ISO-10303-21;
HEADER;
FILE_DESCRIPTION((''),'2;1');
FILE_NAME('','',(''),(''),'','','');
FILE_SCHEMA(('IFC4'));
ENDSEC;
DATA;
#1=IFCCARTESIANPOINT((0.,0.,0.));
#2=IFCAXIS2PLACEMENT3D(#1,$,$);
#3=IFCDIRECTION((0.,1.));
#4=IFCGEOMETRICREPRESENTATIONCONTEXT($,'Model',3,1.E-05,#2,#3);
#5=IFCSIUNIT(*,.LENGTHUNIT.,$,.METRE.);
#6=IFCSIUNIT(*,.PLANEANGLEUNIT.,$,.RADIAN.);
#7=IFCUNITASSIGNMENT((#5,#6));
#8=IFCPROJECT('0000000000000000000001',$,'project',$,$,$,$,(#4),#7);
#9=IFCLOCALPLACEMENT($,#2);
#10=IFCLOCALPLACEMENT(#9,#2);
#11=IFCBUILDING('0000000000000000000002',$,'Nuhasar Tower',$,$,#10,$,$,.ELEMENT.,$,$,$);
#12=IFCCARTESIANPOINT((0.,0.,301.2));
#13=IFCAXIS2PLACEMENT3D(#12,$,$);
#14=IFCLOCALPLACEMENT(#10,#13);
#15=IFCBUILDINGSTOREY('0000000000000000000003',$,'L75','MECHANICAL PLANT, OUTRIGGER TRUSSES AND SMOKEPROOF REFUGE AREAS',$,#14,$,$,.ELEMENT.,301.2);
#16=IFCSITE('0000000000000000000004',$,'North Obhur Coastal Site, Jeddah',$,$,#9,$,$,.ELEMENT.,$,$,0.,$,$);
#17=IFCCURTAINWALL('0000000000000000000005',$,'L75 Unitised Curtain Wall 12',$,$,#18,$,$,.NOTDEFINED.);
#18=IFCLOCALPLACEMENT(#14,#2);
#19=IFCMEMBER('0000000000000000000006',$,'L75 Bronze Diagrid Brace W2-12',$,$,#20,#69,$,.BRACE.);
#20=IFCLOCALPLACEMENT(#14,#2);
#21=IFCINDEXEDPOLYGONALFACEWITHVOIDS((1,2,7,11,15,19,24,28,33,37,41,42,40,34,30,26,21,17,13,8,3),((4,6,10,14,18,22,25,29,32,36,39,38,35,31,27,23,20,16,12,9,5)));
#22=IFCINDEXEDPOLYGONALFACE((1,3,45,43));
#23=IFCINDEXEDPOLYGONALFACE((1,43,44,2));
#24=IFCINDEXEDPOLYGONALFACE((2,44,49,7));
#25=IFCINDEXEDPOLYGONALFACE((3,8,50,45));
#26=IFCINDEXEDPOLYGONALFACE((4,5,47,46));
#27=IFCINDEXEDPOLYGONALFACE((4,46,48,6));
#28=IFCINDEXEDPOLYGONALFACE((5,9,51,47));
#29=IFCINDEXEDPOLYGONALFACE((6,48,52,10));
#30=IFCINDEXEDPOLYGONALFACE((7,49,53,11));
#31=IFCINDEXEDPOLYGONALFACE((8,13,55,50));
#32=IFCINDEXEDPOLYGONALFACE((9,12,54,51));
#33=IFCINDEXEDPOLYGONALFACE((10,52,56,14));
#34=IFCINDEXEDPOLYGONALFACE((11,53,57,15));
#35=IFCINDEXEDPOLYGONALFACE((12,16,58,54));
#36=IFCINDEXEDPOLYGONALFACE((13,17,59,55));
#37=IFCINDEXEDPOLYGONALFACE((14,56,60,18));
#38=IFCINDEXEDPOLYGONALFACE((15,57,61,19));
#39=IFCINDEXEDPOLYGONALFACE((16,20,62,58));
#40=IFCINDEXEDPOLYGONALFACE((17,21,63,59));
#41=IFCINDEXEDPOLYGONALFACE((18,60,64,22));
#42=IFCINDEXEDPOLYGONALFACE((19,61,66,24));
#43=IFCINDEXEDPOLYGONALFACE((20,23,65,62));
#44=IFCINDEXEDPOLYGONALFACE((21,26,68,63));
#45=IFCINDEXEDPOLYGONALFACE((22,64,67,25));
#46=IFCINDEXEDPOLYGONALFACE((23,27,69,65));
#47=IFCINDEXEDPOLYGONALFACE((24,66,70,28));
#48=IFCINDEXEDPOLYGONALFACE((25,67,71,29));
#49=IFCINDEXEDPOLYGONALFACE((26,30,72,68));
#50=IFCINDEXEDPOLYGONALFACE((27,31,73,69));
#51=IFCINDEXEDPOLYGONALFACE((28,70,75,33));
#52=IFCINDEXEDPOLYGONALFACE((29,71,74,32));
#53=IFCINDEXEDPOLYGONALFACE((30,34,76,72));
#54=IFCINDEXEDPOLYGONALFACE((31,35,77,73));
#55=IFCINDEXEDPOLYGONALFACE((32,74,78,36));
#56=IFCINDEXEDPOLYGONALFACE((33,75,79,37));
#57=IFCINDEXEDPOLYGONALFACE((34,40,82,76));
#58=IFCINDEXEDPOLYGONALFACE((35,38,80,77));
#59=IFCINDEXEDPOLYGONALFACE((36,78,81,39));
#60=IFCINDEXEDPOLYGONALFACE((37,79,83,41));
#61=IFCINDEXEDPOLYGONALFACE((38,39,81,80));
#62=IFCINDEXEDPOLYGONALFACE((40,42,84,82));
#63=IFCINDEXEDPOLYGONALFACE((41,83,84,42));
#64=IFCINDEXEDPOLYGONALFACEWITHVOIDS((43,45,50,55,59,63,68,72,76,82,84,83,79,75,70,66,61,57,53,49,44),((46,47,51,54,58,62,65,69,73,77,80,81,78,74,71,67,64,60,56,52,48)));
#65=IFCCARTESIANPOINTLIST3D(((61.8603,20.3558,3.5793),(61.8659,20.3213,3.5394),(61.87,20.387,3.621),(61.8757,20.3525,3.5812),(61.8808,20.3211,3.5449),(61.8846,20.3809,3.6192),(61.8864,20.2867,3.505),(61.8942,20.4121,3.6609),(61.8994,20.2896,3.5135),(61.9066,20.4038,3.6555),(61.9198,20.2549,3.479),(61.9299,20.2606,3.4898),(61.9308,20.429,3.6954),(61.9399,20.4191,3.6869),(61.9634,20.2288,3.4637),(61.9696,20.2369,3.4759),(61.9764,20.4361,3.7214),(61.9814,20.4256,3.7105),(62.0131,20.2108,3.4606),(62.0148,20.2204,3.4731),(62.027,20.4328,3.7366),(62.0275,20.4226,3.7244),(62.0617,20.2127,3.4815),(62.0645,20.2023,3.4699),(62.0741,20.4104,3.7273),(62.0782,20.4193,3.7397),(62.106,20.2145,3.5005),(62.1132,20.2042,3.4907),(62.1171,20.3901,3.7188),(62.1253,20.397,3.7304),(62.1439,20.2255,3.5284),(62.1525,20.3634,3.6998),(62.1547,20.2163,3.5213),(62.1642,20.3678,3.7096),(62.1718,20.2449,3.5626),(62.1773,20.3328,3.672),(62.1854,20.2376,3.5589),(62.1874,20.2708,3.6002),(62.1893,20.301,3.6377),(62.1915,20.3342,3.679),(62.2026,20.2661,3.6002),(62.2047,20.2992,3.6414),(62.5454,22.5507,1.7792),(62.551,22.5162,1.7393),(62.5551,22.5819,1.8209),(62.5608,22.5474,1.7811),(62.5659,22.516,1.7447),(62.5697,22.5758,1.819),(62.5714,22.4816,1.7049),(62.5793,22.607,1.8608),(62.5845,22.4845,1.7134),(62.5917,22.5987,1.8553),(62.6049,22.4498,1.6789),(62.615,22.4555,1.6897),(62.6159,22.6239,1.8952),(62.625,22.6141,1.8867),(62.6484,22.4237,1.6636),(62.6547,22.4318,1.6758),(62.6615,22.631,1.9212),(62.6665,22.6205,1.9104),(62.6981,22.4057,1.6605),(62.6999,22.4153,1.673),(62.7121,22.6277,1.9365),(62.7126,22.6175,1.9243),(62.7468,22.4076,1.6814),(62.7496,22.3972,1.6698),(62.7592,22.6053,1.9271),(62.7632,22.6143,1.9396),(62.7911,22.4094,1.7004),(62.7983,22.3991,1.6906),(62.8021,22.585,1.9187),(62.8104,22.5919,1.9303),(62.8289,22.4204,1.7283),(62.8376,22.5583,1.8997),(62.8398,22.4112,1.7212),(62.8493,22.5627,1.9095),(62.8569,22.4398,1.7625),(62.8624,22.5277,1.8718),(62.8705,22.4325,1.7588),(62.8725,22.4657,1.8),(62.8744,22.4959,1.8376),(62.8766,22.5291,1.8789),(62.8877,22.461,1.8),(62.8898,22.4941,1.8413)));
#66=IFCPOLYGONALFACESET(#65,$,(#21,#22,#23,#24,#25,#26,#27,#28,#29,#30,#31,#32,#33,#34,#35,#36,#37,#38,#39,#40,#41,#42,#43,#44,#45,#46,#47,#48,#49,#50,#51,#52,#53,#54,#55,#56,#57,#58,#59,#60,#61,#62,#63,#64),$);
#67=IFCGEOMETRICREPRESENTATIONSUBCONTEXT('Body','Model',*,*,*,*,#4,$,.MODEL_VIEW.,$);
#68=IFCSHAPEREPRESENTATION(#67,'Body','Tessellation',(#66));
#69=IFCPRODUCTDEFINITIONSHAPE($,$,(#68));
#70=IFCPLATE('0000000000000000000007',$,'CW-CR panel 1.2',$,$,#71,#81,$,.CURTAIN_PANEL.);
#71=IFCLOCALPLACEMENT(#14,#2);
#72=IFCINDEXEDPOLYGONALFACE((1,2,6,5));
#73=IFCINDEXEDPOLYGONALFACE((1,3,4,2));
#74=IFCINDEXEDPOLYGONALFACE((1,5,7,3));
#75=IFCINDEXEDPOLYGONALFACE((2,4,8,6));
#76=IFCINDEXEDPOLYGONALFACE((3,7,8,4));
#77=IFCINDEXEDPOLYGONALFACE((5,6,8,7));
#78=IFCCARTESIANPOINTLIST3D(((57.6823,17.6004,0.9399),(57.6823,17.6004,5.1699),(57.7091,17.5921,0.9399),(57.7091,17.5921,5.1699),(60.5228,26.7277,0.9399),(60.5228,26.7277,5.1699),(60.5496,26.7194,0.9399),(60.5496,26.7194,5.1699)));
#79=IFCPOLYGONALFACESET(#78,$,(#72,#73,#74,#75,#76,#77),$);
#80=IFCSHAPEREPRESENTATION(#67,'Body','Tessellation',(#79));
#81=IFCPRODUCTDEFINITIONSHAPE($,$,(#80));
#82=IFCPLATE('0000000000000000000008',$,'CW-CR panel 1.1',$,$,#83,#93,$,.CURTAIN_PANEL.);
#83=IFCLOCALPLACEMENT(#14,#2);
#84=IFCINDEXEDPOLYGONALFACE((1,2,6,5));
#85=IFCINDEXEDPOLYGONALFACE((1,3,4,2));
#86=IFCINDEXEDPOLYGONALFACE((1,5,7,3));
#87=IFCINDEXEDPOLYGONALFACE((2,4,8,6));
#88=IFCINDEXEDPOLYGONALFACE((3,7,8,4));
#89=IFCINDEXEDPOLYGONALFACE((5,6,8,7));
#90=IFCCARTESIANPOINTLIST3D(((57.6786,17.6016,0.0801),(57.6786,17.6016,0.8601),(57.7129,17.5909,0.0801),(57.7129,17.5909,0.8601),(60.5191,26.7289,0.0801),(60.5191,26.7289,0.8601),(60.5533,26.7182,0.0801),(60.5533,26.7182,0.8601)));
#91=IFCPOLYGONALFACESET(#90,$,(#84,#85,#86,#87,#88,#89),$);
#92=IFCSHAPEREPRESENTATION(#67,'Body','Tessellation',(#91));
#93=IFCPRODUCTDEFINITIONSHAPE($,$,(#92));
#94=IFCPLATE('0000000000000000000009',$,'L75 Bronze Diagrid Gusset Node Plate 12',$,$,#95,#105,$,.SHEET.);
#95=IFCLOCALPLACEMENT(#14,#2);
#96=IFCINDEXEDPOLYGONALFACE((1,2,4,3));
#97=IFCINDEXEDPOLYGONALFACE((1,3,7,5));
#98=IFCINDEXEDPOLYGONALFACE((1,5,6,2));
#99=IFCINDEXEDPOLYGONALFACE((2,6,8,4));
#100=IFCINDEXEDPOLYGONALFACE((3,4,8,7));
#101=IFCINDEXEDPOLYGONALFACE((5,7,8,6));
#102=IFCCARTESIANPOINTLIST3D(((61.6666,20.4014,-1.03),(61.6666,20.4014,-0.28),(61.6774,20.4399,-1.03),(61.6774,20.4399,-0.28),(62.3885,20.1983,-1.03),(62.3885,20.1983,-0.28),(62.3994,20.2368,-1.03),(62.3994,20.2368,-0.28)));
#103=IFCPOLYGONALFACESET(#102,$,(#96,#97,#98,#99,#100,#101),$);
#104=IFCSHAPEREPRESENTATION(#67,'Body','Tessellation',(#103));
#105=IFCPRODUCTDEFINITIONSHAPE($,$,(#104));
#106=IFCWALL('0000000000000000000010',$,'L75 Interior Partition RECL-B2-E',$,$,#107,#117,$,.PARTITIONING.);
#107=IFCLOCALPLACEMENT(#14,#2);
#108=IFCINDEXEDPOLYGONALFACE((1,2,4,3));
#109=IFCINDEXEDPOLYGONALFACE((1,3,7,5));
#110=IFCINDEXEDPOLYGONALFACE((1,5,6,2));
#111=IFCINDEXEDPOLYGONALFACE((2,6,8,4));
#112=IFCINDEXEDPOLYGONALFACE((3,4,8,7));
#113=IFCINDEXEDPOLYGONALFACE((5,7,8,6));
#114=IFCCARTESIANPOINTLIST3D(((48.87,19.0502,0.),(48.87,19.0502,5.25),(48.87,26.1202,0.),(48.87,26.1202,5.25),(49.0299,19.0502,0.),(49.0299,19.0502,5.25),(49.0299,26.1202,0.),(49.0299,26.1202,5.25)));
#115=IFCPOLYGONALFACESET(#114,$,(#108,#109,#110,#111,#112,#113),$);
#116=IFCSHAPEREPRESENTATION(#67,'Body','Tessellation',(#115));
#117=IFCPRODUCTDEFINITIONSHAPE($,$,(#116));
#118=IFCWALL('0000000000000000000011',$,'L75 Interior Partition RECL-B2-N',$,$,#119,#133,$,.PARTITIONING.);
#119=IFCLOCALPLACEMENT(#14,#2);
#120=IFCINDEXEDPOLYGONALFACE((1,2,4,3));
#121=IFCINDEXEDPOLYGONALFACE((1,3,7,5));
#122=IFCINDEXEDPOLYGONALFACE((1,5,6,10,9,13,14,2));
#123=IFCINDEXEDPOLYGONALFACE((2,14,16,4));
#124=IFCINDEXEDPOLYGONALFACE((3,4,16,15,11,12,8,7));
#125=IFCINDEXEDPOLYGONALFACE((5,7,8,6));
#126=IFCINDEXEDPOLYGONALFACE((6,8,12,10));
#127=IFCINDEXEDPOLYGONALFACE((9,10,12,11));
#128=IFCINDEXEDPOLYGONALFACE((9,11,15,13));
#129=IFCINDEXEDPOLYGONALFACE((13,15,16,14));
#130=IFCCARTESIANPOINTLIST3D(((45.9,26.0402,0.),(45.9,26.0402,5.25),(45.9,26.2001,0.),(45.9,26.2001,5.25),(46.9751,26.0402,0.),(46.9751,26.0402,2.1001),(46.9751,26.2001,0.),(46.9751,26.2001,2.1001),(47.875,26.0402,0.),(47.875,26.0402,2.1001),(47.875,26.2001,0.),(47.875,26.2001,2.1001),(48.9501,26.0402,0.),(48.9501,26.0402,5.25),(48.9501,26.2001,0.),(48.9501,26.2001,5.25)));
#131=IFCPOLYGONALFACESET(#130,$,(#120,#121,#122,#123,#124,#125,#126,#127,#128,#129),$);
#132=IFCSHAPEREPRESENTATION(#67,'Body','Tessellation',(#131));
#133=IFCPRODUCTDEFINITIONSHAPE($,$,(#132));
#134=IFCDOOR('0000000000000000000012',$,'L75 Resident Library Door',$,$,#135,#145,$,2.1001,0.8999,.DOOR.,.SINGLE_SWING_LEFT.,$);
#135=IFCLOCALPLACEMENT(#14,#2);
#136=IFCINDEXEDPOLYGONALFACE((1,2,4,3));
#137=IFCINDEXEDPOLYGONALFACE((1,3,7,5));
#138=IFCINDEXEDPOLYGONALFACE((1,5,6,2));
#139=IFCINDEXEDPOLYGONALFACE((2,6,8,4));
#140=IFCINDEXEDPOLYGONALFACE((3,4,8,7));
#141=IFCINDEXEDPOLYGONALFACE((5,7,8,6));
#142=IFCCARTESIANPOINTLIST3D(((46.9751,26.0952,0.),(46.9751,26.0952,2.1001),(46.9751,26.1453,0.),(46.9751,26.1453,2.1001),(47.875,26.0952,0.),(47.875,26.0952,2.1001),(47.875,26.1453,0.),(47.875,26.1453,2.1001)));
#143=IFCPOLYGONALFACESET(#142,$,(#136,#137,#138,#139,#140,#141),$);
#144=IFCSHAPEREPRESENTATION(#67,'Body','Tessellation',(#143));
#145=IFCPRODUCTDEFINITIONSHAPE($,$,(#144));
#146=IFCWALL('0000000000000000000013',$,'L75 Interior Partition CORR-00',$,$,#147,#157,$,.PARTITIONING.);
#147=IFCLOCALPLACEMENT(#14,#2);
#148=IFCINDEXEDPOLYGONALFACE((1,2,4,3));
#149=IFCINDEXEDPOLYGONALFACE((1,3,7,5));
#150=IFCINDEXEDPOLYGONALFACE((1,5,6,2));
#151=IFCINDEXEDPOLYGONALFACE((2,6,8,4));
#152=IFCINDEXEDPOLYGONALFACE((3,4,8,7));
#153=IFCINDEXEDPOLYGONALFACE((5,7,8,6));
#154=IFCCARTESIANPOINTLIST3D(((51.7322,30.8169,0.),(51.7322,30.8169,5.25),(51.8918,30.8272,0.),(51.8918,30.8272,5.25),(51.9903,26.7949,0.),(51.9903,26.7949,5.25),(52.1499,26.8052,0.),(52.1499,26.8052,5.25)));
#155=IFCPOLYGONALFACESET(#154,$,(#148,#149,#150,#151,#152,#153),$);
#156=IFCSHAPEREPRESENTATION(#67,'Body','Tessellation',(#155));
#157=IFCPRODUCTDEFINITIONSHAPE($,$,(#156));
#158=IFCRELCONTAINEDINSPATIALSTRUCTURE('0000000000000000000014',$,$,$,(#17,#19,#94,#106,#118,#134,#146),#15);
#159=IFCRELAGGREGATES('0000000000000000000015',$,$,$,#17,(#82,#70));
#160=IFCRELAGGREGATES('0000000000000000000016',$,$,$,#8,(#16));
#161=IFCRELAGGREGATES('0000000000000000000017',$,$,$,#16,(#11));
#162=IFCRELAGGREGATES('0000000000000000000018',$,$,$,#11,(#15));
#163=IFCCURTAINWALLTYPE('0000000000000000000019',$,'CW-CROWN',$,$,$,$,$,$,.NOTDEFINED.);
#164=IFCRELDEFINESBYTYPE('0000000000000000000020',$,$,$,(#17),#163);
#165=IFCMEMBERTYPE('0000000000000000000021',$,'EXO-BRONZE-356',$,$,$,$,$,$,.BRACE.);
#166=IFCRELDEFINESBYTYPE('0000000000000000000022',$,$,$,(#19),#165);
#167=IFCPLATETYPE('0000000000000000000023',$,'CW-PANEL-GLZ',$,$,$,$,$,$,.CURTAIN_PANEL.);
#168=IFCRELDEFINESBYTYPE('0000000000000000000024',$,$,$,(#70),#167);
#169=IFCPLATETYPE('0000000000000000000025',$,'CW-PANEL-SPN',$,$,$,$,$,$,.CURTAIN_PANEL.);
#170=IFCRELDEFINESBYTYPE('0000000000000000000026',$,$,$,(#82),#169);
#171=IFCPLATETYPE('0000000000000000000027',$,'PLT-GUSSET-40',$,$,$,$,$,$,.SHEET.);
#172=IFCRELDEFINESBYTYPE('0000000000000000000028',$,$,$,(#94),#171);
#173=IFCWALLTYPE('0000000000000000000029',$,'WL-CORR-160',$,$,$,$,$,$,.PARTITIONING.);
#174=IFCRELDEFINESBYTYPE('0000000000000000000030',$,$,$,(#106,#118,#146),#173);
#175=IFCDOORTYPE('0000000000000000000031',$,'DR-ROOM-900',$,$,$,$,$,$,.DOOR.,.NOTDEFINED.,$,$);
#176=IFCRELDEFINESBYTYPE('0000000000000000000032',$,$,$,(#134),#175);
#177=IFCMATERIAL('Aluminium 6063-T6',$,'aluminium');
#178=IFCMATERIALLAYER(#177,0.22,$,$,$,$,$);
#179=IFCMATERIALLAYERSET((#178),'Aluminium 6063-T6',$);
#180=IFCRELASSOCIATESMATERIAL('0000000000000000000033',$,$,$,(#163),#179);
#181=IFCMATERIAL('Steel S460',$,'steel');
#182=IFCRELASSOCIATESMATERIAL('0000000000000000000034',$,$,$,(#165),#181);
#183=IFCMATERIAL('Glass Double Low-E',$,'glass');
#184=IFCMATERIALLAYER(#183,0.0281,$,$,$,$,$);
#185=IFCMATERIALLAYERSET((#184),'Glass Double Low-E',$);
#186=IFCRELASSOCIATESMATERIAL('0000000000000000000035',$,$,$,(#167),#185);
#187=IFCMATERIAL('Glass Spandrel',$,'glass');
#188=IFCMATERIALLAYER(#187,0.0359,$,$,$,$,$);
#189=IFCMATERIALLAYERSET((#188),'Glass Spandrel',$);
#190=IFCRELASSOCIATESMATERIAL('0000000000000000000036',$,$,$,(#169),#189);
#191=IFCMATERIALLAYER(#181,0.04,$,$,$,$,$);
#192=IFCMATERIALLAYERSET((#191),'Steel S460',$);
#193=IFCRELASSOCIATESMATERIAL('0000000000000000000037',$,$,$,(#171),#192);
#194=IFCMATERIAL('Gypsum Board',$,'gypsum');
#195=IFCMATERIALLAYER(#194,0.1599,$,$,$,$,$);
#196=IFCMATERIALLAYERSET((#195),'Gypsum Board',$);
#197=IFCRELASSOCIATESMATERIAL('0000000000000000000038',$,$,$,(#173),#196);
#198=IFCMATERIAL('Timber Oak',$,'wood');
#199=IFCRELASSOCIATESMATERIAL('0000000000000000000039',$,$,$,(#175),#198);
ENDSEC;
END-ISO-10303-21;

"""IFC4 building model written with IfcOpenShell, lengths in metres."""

from ifc_helpers import new_model, si_unit, direction, frame, frame_2d, origin, origin_2d, place, context, subcontext, project, spatial, rectangle, hollow_circle, extrude, material, layer, layer_set, material_profile, profile_set, type_object, element, fill, aggregate, save


model = new_model("IFC4")

# Units and contexts
model_context = context("Model", 3, precision=1e-05, world=origin(), true_north=direction((0.0, 1.0)))
body_context = subcontext(model_context, "Body", "Model", "MODEL_VIEW")
ifc_project = project(units=[si_unit("LENGTHUNIT", "METRE"), si_unit("PLANEANGLEUNIT", "RADIAN")], contexts=[model_context])

# Site, building, storey
site_placement = place(None, origin())
site = spatial("IfcSite", under=ifc_project, at=site_placement, Name="North Obhur Coastal Site, Jeddah", CompositionType="ELEMENT", RefElevation=0.0)
building_placement = place(site_placement, origin())
building = spatial("IfcBuilding", under=site, at=building_placement, Name="Nuhasar Tower", CompositionType="ELEMENT")
storey_placement = place(building_placement, frame((0.0, 0.0, 301.2)))
storey = spatial("IfcBuildingStorey", under=building, at=storey_placement, Name="L75", Description="MECHANICAL PLANT, OUTRIGGER TRUSSES AND SMOKEPROOF REFUGE AREAS", CompositionType="ELEMENT", Elevation=301.2)

# Shared definitions
ifc_material_1 = material(Name="Steel S460", Category="steel")

# Shared definitions
ifc_material_2 = material(Name="Aluminium 6063-T6", Category="aluminium")
ifc_layer_1 = layer(ifc_material_2, 0.22)
ifc_layer_set_1 = layer_set([ifc_layer_1], Name="Aluminium 6063-T6")
curtain_wall_type = type_object("IfcCurtainWallType", Name="CW-CROWN", PredefinedType="NOTDEFINED", material=ifc_layer_set_1)

# Curtain wall
curtain_wall_1_placement = place(storey_placement, origin())
curtain_wall_1 = element("IfcCurtainWall", 1, at=curtain_wall_1_placement, inside=storey, type_object=curtain_wall_type, Name="L75 Unitised Curtain Wall 12", PredefinedType="NOTDEFINED")

# Member
ifc_material_profile_1 = material_profile(ifc_material_1, hollow_circle(Radius=0.1777, WallThickness=0.0159, at=origin_2d()), Name="HSS355.6X15.9")
ifc_profile_set_1 = profile_set([ifc_material_profile_1], Name="Steel S460")
member_type_1 = type_object("IfcMemberType", Name="EXO-BRONZE-356", PredefinedType="BRACE", material=ifc_profile_set_1)
for number, where, z_axis, x_axis, name in (
    (2, (62.718, 22.5139, 1.8), (-0.234605, -0.751637, 0.616443), (0.954582, -0.297948, 0.0), "L75 Bronze Diagrid Brace W2-12"),
):
    element("IfcMember", number, at=place(storey_placement, frame(where, z_axis=z_axis, x_axis=x_axis)), inside=storey, type_object=member_type_1, Name=name, PredefinedType="BRACE", context=body_context, shape_type="SweptSolid", body=[
        extrude(hollow_circle(Radius=0.1777, WallThickness=0.0159, at=origin_2d()), origin(), (0.0, 0.0, 1.0), 2.9202),
    ])

# Plates
ifc_material_3 = material(Name="Glass Double Low-E", Category="glass")
ifc_layer_2 = layer(ifc_material_3, 0.0281)
ifc_layer_set_2 = layer_set([ifc_layer_2], Name="Glass Double Low-E")
plate_type_1 = type_object("IfcPlateType", Name="CW-PANEL-GLZ", PredefinedType="CURTAIN_PANEL", material=ifc_layer_set_2)
plate_1_placement = place(storey_placement, frame((59.116, 22.1599, 0.9399), z_axis=(0.0, 0.0, 1.0), x_axis=(0.29715, 0.954831, 0.0)))
plate_1 = element("IfcPlate", 3, at=plate_1_placement, type_object=plate_type_1, Name="CW-CR panel 1.2", PredefinedType="CURTAIN_PANEL", context=body_context, shape_type="SweptSolid", body=[
    extrude(rectangle(XDim=9.5591, YDim=0.0281, at=origin_2d()), origin(), (0.0, 0.0, 1.0), 4.23),
])
ifc_material_4 = material(Name="Glass Spandrel", Category="glass")
ifc_layer_3 = layer(ifc_material_4, 0.0359)
ifc_layer_set_3 = layer_set([ifc_layer_3], Name="Glass Spandrel")
plate_type_2 = type_object("IfcPlateType", Name="CW-PANEL-SPN", PredefinedType="CURTAIN_PANEL", material=ifc_layer_set_3)
plate_2_placement = place(storey_placement, frame((59.116, 22.1599, 0.0801), z_axis=(0.0, 0.0, 1.0), x_axis=(0.29715, 0.954831, 0.0)))
plate_2 = element("IfcPlate", 4, at=plate_2_placement, type_object=plate_type_2, Name="CW-CR panel 1.1", PredefinedType="CURTAIN_PANEL", context=body_context, shape_type="SweptSolid", body=[
    extrude(rectangle(XDim=9.5591, YDim=0.0359, at=origin_2d()), origin(), (0.0, 0.0, 1.0), 0.78),
])
aggregate(curtain_wall_1, [plate_2, plate_1])
ifc_layer_4 = layer(ifc_material_1, 0.04)
ifc_layer_set_4 = layer_set([ifc_layer_4], Name="Steel S460")
plate_type_3 = type_object("IfcPlateType", Name="PLT-GUSSET-40", PredefinedType="SHEET", material=ifc_layer_set_4)
plate_3_placement = place(storey_placement, frame((62.033, 20.3191, -1.03), z_axis=(0.0, 0.0, 1.0), x_axis=(0.962621, -0.270852, 0.0)))
element("IfcPlate", 5, at=plate_3_placement, inside=storey, type_object=plate_type_3, Name="L75 Bronze Diagrid Gusset Node Plate 12", PredefinedType="SHEET", context=body_context, shape_type="SweptSolid", body=[
    extrude(rectangle(XDim=0.75, YDim=0.04, at=origin_2d()), origin(), (0.0, 0.0, 1.0), 0.75),
])

# Wall
ifc_material_5 = material(Name="Gypsum Board", Category="gypsum")
ifc_layer_5 = layer(ifc_material_5, 0.1599)
ifc_layer_set_5 = layer_set([ifc_layer_5], Name="Gypsum Board")
wall_type_1 = type_object("IfcWallType", Name="WL-CORR-160", PredefinedType="PARTITIONING", material=ifc_layer_set_5)
wall_1_placement = place(storey_placement, frame((48.95, 19.05, 0.0), z_axis=(0.0, 0.0, 1.0), x_axis=(0.0, 1.0, 0.0)))
element("IfcWall", 6, at=wall_1_placement, inside=storey, type_object=wall_type_1, Name="L75 Interior Partition RECL-B2-E", PredefinedType="PARTITIONING", context=body_context, shape_type="SweptSolid", body=[
    extrude(rectangle(XDim=7.0701, YDim=0.1599, at=frame_2d((3.5352, 0.0))), origin(), (0.0, 0.0, 1.0), 5.25),
])

# Wall, opening, door
wall_2_placement = place(storey_placement, frame((48.95, 26.1201, 0.0), z_axis=(0.0, 0.0, 1.0), x_axis=(-1.0, 0.0, 0.0)))
wall_2 = element("IfcWall", 7, at=wall_2_placement, inside=storey, type_object=wall_type_1, Name="L75 Interior Partition RECL-B2-N", PredefinedType="PARTITIONING", context=body_context, shape_type="SweptSolid", body=[
    extrude(rectangle(XDim=3.05, YDim=0.1599, at=frame_2d((1.5249, 0.0))), origin(), (0.0, 0.0, 1.0), 5.25),
])
opening_1_placement = place(wall_2_placement, frame((1.075, 0.0, 0.0)))
opening_1 = element("IfcOpeningElement", 8, at=opening_1_placement, cuts=wall_2, PredefinedType="OPENING", context=body_context, shape_type="SweptSolid", body=[
    extrude(rectangle(XDim=0.8999, YDim=2.1001, at=frame_2d((0.45, 1.05))), frame((0.0, 0.0898, 0.0), z_axis=(0.0, -1.0, 0.0), x_axis=(1.0, 0.0, 0.0)), (0.0, 0.0, 1.0), 0.1799),
])
ifc_material_6 = material(Name="Timber Oak", Category="wood")
door_type_1 = type_object("IfcDoorType", Name="DR-ROOM-900", OperationType="NOTDEFINED", PredefinedType="DOOR", material=ifc_material_6)
door_1_placement = place(opening_1_placement, origin())
door_1 = element("IfcDoor", 9, at=door_1_placement, inside=storey, type_object=door_type_1, Name="L75 Resident Library Door", OperationType="SINGLE_SWING_LEFT", OverallHeight=2.1001, OverallWidth=0.8999, PredefinedType="DOOR", context=body_context, shape_type="SweptSolid", body=[
    extrude(rectangle(XDim=0.8999, YDim=2.1001, at=frame_2d((0.45, 1.05))), frame((0.0, 0.0249, 0.0), z_axis=(0.0, -1.0, 0.0), x_axis=(1.0, 0.0, 0.0)), (0.0, 0.0, 1.0), 0.05),
])
fill(opening_1, door_1)

# Wall
wall_3_placement = place(storey_placement, frame((52.0701, 26.8, 0.0), z_axis=(0.0, 0.0, 1.0), x_axis=(-0.06403, 0.997948, 0.0)))
element("IfcWall", 10, at=wall_3_placement, inside=storey, type_object=wall_type_1, Name="L75 Interior Partition CORR-00", PredefinedType="PARTITIONING", context=body_context, shape_type="SweptSolid", body=[
    extrude(rectangle(XDim=4.0303, YDim=0.1599, at=frame_2d((2.0151, 0.0))), origin(), (0.0, 0.0, 1.0), 5.25),
])

save(model, "model.ifc")
